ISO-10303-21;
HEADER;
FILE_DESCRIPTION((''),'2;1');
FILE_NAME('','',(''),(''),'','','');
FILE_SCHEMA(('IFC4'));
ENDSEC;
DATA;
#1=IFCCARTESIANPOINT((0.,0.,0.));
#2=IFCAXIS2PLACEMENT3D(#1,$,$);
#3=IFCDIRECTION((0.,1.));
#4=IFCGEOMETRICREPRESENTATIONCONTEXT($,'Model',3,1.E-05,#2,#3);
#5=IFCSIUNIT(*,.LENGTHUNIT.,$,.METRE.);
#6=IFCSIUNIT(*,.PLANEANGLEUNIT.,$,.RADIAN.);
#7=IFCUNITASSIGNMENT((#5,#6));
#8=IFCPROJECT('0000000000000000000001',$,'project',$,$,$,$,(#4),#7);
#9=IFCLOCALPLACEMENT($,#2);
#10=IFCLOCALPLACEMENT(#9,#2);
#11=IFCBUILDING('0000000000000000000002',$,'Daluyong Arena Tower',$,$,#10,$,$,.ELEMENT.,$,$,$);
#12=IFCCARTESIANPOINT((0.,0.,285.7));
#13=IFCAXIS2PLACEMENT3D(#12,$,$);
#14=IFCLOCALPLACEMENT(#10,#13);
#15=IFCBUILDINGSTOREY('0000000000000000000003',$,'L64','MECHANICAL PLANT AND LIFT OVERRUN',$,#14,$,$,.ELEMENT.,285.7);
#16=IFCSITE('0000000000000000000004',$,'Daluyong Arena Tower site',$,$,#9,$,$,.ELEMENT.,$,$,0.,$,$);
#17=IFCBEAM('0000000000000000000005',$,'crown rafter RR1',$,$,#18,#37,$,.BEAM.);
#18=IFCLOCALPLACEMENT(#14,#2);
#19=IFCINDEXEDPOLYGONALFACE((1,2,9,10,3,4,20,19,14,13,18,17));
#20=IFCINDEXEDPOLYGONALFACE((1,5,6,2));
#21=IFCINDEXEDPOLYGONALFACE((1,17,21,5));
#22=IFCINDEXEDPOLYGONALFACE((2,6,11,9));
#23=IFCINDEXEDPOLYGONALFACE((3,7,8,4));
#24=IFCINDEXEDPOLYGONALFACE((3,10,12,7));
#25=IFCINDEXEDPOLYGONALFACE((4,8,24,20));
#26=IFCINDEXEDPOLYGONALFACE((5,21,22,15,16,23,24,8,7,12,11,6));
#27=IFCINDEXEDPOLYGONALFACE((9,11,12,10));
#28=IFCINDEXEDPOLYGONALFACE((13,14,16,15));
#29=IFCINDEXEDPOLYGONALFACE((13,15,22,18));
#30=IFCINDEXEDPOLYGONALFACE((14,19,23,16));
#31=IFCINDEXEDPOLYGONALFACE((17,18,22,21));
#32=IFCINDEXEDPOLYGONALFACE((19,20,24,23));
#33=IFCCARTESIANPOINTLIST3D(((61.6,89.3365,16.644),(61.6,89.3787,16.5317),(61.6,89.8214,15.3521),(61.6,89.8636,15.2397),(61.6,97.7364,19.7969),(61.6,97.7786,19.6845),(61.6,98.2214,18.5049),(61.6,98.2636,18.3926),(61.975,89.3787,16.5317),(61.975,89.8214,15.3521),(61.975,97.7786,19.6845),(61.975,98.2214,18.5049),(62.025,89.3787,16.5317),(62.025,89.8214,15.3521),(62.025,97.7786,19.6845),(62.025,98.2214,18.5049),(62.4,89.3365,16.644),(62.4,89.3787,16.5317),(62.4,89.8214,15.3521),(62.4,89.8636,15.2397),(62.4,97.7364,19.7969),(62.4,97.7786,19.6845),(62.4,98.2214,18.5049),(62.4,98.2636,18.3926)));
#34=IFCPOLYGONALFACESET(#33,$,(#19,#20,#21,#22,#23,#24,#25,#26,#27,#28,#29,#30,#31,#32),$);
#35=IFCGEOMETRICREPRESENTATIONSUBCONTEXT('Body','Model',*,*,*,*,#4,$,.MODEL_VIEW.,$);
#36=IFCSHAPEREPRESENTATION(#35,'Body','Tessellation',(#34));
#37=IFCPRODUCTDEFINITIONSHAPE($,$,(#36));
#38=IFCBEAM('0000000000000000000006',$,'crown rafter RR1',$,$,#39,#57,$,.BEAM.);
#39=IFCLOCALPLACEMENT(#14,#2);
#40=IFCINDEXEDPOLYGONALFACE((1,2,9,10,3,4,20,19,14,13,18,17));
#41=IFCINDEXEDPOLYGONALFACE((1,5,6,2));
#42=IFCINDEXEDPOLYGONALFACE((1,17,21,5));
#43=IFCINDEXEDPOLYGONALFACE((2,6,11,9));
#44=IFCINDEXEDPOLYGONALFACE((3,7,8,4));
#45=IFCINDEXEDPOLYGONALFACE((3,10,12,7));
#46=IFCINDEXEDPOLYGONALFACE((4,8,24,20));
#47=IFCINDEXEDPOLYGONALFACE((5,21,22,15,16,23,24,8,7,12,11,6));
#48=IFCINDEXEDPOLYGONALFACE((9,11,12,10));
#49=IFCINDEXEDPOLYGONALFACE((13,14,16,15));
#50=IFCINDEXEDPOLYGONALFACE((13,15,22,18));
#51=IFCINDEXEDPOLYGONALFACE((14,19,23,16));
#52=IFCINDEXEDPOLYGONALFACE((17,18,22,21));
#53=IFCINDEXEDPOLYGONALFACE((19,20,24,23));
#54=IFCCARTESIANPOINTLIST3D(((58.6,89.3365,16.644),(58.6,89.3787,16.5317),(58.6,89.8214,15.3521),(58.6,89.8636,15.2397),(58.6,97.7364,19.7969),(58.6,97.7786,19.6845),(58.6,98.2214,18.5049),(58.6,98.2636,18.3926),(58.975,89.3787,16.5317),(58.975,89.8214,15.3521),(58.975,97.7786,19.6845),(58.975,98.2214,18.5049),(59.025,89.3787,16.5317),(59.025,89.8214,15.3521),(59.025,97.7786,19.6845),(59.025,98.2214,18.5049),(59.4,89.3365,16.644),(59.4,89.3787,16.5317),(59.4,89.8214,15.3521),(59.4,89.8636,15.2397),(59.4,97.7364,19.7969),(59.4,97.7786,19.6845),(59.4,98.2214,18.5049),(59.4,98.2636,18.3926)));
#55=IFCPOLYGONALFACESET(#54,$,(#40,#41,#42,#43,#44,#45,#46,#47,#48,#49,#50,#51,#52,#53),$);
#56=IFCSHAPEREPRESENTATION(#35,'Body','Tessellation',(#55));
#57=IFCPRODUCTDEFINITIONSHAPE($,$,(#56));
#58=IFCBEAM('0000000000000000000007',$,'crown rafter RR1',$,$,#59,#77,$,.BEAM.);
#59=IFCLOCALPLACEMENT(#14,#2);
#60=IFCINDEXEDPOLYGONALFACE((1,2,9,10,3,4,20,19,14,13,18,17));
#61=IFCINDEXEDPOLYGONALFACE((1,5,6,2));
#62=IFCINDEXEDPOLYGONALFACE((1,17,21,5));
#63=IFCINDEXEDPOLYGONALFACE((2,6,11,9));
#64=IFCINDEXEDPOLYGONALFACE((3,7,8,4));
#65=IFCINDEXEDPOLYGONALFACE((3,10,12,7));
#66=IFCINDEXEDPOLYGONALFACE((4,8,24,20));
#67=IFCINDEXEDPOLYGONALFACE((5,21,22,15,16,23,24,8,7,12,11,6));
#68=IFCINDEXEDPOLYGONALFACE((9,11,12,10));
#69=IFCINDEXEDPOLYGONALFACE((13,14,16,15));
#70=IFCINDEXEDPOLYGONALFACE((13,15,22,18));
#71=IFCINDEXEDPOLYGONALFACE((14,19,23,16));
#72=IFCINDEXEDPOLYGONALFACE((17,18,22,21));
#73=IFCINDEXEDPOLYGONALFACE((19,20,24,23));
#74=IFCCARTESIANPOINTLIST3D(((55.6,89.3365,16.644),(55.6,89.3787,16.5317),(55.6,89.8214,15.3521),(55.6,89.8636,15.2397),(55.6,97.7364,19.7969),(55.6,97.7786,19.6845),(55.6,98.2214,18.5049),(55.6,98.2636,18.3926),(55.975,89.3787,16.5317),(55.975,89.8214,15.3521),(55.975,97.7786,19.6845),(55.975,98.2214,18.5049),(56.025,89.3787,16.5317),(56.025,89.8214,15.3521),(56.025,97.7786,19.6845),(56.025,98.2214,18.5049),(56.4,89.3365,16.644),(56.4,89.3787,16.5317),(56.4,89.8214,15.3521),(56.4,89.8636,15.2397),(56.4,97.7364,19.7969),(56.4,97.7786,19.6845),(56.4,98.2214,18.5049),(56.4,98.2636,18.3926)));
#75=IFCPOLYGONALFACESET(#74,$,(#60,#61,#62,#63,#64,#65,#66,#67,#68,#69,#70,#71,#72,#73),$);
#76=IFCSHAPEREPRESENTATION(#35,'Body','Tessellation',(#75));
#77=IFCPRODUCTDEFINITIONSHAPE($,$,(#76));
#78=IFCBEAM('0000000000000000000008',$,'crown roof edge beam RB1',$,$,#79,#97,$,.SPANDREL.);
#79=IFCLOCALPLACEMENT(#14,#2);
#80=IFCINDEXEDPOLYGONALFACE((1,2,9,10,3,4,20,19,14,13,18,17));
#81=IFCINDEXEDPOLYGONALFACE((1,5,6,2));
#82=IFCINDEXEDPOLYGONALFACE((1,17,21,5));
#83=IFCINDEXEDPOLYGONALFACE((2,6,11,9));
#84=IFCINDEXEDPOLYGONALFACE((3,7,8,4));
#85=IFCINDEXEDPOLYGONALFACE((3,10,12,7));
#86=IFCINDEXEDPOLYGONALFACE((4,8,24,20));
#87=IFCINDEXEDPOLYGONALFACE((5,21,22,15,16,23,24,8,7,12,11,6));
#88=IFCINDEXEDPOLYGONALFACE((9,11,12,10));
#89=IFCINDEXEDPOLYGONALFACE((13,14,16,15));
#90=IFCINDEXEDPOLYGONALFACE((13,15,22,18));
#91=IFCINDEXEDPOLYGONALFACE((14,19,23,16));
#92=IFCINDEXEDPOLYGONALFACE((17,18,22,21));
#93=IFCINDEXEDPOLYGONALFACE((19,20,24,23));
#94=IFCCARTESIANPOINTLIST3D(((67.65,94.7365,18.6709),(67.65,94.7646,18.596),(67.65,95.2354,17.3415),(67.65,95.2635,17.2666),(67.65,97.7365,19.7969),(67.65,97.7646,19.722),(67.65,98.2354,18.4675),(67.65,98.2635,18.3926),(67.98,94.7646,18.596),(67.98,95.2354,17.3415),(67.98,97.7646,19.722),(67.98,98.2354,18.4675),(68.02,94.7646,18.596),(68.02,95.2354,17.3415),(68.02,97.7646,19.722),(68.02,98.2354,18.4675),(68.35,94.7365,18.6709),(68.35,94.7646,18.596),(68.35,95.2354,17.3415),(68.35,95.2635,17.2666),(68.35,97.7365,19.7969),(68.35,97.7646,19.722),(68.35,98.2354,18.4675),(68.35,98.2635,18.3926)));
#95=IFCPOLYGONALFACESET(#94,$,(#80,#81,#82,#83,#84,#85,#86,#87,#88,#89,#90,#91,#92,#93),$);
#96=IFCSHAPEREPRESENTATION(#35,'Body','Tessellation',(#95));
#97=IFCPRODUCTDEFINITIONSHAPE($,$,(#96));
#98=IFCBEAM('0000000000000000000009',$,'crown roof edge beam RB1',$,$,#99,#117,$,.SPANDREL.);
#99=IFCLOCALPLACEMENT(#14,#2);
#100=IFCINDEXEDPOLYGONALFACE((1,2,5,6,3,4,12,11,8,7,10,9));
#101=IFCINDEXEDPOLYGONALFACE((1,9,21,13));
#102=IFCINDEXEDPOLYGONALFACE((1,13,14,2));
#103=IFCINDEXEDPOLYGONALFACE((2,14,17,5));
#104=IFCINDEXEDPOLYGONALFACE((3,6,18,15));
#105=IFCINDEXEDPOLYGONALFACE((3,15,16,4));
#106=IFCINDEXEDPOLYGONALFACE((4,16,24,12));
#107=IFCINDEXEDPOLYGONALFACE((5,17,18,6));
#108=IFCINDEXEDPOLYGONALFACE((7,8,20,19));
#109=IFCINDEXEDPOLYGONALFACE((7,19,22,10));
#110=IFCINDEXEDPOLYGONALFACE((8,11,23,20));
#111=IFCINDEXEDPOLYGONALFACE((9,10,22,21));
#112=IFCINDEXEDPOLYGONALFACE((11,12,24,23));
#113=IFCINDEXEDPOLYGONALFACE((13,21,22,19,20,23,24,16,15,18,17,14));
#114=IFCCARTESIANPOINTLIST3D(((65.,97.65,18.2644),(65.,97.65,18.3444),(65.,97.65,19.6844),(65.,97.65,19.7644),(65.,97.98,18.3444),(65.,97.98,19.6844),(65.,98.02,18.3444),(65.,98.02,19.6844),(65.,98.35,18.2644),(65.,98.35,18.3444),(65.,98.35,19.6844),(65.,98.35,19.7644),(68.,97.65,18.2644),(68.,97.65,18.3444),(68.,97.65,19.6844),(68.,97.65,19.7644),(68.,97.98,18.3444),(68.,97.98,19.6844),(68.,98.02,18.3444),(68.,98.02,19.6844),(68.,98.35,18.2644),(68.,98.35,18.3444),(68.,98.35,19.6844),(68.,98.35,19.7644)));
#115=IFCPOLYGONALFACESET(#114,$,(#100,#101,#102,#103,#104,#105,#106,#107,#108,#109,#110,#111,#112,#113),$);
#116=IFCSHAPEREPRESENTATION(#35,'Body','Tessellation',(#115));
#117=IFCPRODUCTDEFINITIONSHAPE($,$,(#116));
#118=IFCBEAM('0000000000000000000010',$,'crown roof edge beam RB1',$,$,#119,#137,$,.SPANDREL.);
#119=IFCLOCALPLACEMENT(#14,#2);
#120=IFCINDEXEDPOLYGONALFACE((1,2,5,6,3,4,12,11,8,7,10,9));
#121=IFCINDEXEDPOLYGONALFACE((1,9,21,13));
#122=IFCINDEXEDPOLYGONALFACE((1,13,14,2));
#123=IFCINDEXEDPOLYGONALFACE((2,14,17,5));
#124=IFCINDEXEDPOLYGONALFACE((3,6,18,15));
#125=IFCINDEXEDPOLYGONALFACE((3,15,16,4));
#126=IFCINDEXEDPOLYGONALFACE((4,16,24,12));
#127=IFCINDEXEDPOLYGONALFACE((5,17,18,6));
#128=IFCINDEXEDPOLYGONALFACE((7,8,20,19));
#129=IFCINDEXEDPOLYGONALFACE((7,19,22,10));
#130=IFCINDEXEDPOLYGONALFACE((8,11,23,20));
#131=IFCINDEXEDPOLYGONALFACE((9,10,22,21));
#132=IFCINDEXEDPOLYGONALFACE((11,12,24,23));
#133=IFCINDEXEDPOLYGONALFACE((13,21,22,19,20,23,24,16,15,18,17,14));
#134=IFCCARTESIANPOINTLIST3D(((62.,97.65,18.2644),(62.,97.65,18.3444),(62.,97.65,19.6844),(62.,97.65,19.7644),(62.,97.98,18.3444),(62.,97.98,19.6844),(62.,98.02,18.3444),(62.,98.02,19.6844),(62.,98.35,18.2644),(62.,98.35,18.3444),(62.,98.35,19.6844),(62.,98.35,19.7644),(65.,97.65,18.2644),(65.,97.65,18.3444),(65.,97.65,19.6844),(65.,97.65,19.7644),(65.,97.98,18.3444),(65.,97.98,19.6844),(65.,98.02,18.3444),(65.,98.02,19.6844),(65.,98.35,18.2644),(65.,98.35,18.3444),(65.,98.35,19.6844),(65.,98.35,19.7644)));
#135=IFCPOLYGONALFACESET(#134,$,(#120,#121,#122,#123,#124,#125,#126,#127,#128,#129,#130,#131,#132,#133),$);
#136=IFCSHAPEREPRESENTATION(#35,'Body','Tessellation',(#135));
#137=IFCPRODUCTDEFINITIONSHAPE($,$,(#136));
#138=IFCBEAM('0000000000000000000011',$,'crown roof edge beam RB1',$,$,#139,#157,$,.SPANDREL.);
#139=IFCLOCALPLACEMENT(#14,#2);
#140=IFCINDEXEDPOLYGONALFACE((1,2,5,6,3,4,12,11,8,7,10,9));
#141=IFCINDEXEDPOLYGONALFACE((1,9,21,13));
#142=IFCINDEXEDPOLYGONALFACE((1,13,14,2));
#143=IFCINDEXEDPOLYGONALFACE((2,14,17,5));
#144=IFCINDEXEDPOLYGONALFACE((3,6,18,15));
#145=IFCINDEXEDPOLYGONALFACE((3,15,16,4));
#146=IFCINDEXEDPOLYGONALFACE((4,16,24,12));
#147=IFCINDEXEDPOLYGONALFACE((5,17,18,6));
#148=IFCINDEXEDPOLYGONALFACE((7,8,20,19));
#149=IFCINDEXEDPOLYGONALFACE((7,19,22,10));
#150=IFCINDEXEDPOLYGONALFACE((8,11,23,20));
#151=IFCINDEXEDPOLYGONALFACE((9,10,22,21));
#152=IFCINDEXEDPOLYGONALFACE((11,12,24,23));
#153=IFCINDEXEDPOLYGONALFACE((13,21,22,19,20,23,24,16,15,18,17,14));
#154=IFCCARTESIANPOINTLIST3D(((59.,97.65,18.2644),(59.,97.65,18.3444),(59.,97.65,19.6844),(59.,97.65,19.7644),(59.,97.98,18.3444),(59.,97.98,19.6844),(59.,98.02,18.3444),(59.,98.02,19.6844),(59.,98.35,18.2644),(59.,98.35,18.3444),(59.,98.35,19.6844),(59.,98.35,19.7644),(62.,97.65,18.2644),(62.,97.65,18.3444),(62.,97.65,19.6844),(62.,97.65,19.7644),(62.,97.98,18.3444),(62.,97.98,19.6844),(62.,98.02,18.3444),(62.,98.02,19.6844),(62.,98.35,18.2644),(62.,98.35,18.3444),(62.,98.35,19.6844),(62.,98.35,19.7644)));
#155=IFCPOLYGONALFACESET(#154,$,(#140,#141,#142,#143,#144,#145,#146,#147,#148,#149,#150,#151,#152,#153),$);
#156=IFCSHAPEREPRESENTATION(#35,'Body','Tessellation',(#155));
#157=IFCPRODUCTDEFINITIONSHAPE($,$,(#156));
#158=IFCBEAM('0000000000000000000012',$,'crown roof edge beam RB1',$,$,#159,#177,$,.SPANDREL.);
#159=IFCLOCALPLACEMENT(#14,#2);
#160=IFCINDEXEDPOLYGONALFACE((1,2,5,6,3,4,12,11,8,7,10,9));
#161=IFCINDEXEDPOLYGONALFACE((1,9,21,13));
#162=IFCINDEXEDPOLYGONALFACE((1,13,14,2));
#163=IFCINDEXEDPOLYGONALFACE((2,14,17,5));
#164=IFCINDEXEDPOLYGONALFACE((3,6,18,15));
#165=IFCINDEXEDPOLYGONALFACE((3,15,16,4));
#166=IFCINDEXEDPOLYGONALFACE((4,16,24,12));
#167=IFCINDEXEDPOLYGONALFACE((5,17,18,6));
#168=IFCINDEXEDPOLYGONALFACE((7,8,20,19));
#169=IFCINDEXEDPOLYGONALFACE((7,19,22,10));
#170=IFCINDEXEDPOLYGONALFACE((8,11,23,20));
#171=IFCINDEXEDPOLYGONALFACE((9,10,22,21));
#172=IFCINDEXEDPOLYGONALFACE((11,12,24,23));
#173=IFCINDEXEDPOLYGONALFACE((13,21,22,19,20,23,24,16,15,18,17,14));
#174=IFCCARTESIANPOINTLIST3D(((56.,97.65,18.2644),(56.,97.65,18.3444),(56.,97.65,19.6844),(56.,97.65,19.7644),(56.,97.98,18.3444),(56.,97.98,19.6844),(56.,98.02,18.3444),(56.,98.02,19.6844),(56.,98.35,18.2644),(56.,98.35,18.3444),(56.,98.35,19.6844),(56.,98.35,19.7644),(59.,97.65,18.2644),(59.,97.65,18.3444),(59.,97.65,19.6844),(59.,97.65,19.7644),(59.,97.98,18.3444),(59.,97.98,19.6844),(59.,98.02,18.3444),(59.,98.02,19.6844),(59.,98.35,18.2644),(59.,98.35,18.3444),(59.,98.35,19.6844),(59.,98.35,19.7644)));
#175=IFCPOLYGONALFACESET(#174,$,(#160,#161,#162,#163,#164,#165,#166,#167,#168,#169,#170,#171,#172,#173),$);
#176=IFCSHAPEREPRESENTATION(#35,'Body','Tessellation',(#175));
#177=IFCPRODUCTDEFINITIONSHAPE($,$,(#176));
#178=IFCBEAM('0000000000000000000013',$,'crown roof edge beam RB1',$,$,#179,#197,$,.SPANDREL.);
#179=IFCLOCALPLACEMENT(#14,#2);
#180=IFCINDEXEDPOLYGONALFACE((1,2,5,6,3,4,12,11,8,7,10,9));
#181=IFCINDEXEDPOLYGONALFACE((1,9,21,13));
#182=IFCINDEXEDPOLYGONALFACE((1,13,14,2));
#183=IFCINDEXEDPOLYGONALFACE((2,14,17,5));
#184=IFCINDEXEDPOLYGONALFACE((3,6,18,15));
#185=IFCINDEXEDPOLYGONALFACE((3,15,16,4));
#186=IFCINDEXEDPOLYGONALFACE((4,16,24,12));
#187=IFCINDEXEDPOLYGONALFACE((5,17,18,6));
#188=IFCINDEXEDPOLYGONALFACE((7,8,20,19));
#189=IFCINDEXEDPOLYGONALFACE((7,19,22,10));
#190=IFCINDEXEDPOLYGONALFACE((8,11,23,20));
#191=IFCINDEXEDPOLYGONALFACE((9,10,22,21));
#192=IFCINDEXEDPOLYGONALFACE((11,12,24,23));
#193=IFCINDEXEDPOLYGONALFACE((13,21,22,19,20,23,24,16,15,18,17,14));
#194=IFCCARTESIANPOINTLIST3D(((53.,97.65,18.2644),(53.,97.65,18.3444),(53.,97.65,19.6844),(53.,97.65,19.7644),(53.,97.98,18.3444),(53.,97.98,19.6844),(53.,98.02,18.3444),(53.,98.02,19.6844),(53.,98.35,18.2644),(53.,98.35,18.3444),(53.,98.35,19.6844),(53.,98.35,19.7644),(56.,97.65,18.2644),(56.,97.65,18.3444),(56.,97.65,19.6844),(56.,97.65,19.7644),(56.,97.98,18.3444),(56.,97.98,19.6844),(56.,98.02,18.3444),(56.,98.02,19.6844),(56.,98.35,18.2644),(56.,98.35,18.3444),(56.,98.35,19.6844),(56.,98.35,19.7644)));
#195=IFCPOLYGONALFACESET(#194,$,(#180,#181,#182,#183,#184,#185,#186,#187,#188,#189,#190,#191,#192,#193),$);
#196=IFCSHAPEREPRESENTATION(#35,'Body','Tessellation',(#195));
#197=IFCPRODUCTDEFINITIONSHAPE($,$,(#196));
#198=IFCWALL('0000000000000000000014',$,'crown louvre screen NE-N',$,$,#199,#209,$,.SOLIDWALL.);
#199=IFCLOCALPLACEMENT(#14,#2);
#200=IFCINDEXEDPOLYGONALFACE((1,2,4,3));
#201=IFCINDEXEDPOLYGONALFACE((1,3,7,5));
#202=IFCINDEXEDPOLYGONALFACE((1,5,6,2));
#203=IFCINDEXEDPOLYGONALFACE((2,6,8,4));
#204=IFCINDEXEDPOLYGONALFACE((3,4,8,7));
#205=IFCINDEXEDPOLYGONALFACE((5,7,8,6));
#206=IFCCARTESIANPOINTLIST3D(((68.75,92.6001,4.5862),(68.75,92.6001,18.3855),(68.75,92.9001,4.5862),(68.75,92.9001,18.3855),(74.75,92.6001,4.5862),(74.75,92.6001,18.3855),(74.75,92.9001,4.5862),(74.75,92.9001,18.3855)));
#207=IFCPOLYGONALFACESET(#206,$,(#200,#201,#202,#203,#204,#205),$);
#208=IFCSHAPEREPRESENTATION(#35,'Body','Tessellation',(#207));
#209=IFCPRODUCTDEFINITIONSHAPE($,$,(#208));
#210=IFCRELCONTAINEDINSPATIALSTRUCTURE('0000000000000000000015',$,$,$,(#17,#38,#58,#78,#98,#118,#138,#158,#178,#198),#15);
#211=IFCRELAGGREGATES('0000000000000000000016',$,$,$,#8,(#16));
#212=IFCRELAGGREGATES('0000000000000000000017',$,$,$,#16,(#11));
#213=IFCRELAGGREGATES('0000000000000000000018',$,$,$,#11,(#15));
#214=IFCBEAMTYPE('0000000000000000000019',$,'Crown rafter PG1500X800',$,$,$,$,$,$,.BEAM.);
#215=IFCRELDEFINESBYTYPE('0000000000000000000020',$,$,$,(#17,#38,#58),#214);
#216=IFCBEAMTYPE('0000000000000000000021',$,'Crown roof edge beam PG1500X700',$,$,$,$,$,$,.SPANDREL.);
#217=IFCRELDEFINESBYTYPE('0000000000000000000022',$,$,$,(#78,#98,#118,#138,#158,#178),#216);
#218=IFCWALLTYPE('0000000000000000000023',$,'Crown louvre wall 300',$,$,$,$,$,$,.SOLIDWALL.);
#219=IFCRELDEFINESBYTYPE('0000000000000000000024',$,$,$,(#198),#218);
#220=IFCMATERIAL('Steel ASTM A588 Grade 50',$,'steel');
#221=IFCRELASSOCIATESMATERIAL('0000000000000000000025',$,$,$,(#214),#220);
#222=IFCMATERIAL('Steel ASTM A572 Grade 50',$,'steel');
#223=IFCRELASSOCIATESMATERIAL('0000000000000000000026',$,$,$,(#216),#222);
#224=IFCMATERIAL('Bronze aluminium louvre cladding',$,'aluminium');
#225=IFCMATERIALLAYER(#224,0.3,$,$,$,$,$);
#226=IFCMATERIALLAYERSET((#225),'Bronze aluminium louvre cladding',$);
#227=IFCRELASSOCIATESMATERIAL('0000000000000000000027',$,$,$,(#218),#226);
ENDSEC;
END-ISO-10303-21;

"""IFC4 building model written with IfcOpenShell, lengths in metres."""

from ifc_helpers import new_model, si_unit, direction, frame, origin, origin_2d, place, context, subcontext, project, spatial, polyline, i_section, outline, extrude, material, layer, layer_set, material_profile, profile_set, type_object, element, save


model = new_model("IFC4")

# Units and contexts
model_context = context("Model", 3, precision=1e-05, world=origin(), true_north=direction((0.0, 1.0)))
body_context = subcontext(model_context, "Body", "Model", "MODEL_VIEW")
ifc_project = project(units=[si_unit("LENGTHUNIT", "METRE"), si_unit("PLANEANGLEUNIT", "RADIAN")], contexts=[model_context])

# Site, building, storey
site_placement = place(None, origin())
site = spatial("IfcSite", under=ifc_project, at=site_placement, Name="Daluyong Arena Tower site", CompositionType="ELEMENT", RefElevation=0.0)
building_placement = place(site_placement, origin())
building = spatial("IfcBuilding", under=site, at=building_placement, Name="Daluyong Arena Tower", CompositionType="ELEMENT")
storey_placement = place(building_placement, frame((0.0, 0.0, 285.7)))
storey = spatial("IfcBuildingStorey", under=building, at=storey_placement, Name="L64", Description="MECHANICAL PLANT AND LIFT OVERRUN", CompositionType="ELEMENT", Elevation=285.7)

# Beams
ifc_material_1 = material(Name="Steel ASTM A588 Grade 50", Category="steel")
ifc_material_profile_1 = material_profile(ifc_material_1, i_section(OverallWidth=0.8, OverallDepth=1.5, WebThickness=0.05, FlangeThickness=0.12, at=origin_2d()))
ifc_profile_set_1 = profile_set([ifc_material_profile_1], Name="Steel ASTM A588 Grade 50")
beam_type_1 = type_object("IfcBeamType", Name="Crown rafter PG1500X800", PredefinedType="BEAM", material=ifc_profile_set_1)
for number, where, z_axis, x_axis, name in (
    (1, (62.0, 98.0, 19.0947), (0.0, -0.936224, -0.351404), (1.0, 0.0, 0.0), "crown rafter RR1"),
    (2, (59.0, 98.0, 19.0947), (0.0, -0.936224, -0.351404), (1.0, 0.0, 0.0), "crown rafter RR1"),
    (3, (56.0, 98.0, 19.0947), (0.0, -0.936224, -0.351404), (1.0, 0.0, 0.0), "crown rafter RR1"),
):
    element("IfcBeam", number, at=place(storey_placement, frame(where, z_axis=z_axis, x_axis=x_axis)), inside=storey, type_object=beam_type_1, Name=name, PredefinedType="BEAM", context=body_context, shape_type="SweptSolid", body=[
        extrude(i_section(OverallWidth=0.8, OverallDepth=1.5, WebThickness=0.05, FlangeThickness=0.12, at=origin_2d()), origin(), (0.0, 0.0, 1.0), 8.9722),
    ])
ifc_material_2 = material(Name="Steel ASTM A572 Grade 50", Category="steel")
ifc_material_profile_2 = material_profile(ifc_material_2, i_section(OverallWidth=0.7, OverallDepth=1.5, WebThickness=0.04, FlangeThickness=0.08, at=origin_2d()))
ifc_profile_set_2 = profile_set([ifc_material_profile_2], Name="Steel ASTM A572 Grade 50")
beam_type_2 = type_object("IfcBeamType", Name="Crown roof edge beam PG1500X700", PredefinedType="SPANDREL", material=ifc_profile_set_2)
beam_1_placement = place(storey_placement, frame((68.0, 95.0, 17.9688), z_axis=(0.0, 0.936229, 0.351391), x_axis=(-1.0, 0.0, 0.0)))
element("IfcBeam", 4, at=beam_1_placement, inside=storey, type_object=beam_type_2, Name="crown roof edge beam RB1", PredefinedType="SPANDREL", context=body_context, shape_type="SweptSolid", body=[
    extrude(i_section(OverallWidth=0.7, OverallDepth=1.5, WebThickness=0.04, FlangeThickness=0.08, at=origin_2d()), origin(), (0.0, 0.0, 1.0), 3.2043),
])
for number, where, z_axis, x_axis, name in (
    (5, (68.0, 98.0, 19.0144), (-1.0, 0.0, 0.0), (0.0, -1.0, 0.0), "crown roof edge beam RB1"),
    (6, (65.0, 98.0, 19.0144), (-1.0, 0.0, 0.0), (0.0, -1.0, 0.0), "crown roof edge beam RB1"),
    (7, (62.0, 98.0, 19.0144), (-1.0, 0.0, 0.0), (0.0, -1.0, 0.0), "crown roof edge beam RB1"),
    (8, (59.0, 98.0, 19.0144), (-1.0, 0.0, 0.0), (0.0, -1.0, 0.0), "crown roof edge beam RB1"),
    (9, (56.0, 98.0, 19.0144), (-1.0, 0.0, 0.0), (0.0, -1.0, 0.0), "crown roof edge beam RB1"),
):
    element("IfcBeam", number, at=place(storey_placement, frame(where, z_axis=z_axis, x_axis=x_axis)), inside=storey, type_object=beam_type_2, Name=name, PredefinedType="SPANDREL", context=body_context, shape_type="SweptSolid", body=[
        extrude(i_section(OverallWidth=0.7, OverallDepth=1.5, WebThickness=0.04, FlangeThickness=0.08, at=origin_2d()), origin(), (0.0, 0.0, 1.0), 3.0),
    ])

# Wall
ifc_material_3 = material(Name="Bronze aluminium louvre cladding", Category="aluminium")
ifc_layer = layer(ifc_material_3, 0.3)
ifc_layer_set = layer_set([ifc_layer], Name="Bronze aluminium louvre cladding")
wall_type = type_object("IfcWallType", Name="Crown louvre wall 300", PredefinedType="SOLIDWALL", material=ifc_layer_set)
wall_1_placement = place(storey_placement, frame((74.75, 92.75, 4.5862), z_axis=(0.0, 0.0, 1.0), x_axis=(-1.0, 0.0, 0.0)))
element("IfcWall", 10, at=wall_1_placement, inside=storey, type_object=wall_type, Name="crown louvre screen NE-N", PredefinedType="SOLIDWALL", context=body_context, shape_type="SweptSolid", body=[
    extrude(outline(polyline([(0.0, 0.0), (6.0, 0.0), (6.0, 13.7993), (0.0, 13.7993), (0.0, 0.0)])), frame((0.0, 0.1499, 0.0), z_axis=(0.0, -1.0, 0.0), x_axis=(1.0, 0.0, 0.0)), (0.0, 0.0, 1.0), 0.3),
])

save(model, "model.ifc")
